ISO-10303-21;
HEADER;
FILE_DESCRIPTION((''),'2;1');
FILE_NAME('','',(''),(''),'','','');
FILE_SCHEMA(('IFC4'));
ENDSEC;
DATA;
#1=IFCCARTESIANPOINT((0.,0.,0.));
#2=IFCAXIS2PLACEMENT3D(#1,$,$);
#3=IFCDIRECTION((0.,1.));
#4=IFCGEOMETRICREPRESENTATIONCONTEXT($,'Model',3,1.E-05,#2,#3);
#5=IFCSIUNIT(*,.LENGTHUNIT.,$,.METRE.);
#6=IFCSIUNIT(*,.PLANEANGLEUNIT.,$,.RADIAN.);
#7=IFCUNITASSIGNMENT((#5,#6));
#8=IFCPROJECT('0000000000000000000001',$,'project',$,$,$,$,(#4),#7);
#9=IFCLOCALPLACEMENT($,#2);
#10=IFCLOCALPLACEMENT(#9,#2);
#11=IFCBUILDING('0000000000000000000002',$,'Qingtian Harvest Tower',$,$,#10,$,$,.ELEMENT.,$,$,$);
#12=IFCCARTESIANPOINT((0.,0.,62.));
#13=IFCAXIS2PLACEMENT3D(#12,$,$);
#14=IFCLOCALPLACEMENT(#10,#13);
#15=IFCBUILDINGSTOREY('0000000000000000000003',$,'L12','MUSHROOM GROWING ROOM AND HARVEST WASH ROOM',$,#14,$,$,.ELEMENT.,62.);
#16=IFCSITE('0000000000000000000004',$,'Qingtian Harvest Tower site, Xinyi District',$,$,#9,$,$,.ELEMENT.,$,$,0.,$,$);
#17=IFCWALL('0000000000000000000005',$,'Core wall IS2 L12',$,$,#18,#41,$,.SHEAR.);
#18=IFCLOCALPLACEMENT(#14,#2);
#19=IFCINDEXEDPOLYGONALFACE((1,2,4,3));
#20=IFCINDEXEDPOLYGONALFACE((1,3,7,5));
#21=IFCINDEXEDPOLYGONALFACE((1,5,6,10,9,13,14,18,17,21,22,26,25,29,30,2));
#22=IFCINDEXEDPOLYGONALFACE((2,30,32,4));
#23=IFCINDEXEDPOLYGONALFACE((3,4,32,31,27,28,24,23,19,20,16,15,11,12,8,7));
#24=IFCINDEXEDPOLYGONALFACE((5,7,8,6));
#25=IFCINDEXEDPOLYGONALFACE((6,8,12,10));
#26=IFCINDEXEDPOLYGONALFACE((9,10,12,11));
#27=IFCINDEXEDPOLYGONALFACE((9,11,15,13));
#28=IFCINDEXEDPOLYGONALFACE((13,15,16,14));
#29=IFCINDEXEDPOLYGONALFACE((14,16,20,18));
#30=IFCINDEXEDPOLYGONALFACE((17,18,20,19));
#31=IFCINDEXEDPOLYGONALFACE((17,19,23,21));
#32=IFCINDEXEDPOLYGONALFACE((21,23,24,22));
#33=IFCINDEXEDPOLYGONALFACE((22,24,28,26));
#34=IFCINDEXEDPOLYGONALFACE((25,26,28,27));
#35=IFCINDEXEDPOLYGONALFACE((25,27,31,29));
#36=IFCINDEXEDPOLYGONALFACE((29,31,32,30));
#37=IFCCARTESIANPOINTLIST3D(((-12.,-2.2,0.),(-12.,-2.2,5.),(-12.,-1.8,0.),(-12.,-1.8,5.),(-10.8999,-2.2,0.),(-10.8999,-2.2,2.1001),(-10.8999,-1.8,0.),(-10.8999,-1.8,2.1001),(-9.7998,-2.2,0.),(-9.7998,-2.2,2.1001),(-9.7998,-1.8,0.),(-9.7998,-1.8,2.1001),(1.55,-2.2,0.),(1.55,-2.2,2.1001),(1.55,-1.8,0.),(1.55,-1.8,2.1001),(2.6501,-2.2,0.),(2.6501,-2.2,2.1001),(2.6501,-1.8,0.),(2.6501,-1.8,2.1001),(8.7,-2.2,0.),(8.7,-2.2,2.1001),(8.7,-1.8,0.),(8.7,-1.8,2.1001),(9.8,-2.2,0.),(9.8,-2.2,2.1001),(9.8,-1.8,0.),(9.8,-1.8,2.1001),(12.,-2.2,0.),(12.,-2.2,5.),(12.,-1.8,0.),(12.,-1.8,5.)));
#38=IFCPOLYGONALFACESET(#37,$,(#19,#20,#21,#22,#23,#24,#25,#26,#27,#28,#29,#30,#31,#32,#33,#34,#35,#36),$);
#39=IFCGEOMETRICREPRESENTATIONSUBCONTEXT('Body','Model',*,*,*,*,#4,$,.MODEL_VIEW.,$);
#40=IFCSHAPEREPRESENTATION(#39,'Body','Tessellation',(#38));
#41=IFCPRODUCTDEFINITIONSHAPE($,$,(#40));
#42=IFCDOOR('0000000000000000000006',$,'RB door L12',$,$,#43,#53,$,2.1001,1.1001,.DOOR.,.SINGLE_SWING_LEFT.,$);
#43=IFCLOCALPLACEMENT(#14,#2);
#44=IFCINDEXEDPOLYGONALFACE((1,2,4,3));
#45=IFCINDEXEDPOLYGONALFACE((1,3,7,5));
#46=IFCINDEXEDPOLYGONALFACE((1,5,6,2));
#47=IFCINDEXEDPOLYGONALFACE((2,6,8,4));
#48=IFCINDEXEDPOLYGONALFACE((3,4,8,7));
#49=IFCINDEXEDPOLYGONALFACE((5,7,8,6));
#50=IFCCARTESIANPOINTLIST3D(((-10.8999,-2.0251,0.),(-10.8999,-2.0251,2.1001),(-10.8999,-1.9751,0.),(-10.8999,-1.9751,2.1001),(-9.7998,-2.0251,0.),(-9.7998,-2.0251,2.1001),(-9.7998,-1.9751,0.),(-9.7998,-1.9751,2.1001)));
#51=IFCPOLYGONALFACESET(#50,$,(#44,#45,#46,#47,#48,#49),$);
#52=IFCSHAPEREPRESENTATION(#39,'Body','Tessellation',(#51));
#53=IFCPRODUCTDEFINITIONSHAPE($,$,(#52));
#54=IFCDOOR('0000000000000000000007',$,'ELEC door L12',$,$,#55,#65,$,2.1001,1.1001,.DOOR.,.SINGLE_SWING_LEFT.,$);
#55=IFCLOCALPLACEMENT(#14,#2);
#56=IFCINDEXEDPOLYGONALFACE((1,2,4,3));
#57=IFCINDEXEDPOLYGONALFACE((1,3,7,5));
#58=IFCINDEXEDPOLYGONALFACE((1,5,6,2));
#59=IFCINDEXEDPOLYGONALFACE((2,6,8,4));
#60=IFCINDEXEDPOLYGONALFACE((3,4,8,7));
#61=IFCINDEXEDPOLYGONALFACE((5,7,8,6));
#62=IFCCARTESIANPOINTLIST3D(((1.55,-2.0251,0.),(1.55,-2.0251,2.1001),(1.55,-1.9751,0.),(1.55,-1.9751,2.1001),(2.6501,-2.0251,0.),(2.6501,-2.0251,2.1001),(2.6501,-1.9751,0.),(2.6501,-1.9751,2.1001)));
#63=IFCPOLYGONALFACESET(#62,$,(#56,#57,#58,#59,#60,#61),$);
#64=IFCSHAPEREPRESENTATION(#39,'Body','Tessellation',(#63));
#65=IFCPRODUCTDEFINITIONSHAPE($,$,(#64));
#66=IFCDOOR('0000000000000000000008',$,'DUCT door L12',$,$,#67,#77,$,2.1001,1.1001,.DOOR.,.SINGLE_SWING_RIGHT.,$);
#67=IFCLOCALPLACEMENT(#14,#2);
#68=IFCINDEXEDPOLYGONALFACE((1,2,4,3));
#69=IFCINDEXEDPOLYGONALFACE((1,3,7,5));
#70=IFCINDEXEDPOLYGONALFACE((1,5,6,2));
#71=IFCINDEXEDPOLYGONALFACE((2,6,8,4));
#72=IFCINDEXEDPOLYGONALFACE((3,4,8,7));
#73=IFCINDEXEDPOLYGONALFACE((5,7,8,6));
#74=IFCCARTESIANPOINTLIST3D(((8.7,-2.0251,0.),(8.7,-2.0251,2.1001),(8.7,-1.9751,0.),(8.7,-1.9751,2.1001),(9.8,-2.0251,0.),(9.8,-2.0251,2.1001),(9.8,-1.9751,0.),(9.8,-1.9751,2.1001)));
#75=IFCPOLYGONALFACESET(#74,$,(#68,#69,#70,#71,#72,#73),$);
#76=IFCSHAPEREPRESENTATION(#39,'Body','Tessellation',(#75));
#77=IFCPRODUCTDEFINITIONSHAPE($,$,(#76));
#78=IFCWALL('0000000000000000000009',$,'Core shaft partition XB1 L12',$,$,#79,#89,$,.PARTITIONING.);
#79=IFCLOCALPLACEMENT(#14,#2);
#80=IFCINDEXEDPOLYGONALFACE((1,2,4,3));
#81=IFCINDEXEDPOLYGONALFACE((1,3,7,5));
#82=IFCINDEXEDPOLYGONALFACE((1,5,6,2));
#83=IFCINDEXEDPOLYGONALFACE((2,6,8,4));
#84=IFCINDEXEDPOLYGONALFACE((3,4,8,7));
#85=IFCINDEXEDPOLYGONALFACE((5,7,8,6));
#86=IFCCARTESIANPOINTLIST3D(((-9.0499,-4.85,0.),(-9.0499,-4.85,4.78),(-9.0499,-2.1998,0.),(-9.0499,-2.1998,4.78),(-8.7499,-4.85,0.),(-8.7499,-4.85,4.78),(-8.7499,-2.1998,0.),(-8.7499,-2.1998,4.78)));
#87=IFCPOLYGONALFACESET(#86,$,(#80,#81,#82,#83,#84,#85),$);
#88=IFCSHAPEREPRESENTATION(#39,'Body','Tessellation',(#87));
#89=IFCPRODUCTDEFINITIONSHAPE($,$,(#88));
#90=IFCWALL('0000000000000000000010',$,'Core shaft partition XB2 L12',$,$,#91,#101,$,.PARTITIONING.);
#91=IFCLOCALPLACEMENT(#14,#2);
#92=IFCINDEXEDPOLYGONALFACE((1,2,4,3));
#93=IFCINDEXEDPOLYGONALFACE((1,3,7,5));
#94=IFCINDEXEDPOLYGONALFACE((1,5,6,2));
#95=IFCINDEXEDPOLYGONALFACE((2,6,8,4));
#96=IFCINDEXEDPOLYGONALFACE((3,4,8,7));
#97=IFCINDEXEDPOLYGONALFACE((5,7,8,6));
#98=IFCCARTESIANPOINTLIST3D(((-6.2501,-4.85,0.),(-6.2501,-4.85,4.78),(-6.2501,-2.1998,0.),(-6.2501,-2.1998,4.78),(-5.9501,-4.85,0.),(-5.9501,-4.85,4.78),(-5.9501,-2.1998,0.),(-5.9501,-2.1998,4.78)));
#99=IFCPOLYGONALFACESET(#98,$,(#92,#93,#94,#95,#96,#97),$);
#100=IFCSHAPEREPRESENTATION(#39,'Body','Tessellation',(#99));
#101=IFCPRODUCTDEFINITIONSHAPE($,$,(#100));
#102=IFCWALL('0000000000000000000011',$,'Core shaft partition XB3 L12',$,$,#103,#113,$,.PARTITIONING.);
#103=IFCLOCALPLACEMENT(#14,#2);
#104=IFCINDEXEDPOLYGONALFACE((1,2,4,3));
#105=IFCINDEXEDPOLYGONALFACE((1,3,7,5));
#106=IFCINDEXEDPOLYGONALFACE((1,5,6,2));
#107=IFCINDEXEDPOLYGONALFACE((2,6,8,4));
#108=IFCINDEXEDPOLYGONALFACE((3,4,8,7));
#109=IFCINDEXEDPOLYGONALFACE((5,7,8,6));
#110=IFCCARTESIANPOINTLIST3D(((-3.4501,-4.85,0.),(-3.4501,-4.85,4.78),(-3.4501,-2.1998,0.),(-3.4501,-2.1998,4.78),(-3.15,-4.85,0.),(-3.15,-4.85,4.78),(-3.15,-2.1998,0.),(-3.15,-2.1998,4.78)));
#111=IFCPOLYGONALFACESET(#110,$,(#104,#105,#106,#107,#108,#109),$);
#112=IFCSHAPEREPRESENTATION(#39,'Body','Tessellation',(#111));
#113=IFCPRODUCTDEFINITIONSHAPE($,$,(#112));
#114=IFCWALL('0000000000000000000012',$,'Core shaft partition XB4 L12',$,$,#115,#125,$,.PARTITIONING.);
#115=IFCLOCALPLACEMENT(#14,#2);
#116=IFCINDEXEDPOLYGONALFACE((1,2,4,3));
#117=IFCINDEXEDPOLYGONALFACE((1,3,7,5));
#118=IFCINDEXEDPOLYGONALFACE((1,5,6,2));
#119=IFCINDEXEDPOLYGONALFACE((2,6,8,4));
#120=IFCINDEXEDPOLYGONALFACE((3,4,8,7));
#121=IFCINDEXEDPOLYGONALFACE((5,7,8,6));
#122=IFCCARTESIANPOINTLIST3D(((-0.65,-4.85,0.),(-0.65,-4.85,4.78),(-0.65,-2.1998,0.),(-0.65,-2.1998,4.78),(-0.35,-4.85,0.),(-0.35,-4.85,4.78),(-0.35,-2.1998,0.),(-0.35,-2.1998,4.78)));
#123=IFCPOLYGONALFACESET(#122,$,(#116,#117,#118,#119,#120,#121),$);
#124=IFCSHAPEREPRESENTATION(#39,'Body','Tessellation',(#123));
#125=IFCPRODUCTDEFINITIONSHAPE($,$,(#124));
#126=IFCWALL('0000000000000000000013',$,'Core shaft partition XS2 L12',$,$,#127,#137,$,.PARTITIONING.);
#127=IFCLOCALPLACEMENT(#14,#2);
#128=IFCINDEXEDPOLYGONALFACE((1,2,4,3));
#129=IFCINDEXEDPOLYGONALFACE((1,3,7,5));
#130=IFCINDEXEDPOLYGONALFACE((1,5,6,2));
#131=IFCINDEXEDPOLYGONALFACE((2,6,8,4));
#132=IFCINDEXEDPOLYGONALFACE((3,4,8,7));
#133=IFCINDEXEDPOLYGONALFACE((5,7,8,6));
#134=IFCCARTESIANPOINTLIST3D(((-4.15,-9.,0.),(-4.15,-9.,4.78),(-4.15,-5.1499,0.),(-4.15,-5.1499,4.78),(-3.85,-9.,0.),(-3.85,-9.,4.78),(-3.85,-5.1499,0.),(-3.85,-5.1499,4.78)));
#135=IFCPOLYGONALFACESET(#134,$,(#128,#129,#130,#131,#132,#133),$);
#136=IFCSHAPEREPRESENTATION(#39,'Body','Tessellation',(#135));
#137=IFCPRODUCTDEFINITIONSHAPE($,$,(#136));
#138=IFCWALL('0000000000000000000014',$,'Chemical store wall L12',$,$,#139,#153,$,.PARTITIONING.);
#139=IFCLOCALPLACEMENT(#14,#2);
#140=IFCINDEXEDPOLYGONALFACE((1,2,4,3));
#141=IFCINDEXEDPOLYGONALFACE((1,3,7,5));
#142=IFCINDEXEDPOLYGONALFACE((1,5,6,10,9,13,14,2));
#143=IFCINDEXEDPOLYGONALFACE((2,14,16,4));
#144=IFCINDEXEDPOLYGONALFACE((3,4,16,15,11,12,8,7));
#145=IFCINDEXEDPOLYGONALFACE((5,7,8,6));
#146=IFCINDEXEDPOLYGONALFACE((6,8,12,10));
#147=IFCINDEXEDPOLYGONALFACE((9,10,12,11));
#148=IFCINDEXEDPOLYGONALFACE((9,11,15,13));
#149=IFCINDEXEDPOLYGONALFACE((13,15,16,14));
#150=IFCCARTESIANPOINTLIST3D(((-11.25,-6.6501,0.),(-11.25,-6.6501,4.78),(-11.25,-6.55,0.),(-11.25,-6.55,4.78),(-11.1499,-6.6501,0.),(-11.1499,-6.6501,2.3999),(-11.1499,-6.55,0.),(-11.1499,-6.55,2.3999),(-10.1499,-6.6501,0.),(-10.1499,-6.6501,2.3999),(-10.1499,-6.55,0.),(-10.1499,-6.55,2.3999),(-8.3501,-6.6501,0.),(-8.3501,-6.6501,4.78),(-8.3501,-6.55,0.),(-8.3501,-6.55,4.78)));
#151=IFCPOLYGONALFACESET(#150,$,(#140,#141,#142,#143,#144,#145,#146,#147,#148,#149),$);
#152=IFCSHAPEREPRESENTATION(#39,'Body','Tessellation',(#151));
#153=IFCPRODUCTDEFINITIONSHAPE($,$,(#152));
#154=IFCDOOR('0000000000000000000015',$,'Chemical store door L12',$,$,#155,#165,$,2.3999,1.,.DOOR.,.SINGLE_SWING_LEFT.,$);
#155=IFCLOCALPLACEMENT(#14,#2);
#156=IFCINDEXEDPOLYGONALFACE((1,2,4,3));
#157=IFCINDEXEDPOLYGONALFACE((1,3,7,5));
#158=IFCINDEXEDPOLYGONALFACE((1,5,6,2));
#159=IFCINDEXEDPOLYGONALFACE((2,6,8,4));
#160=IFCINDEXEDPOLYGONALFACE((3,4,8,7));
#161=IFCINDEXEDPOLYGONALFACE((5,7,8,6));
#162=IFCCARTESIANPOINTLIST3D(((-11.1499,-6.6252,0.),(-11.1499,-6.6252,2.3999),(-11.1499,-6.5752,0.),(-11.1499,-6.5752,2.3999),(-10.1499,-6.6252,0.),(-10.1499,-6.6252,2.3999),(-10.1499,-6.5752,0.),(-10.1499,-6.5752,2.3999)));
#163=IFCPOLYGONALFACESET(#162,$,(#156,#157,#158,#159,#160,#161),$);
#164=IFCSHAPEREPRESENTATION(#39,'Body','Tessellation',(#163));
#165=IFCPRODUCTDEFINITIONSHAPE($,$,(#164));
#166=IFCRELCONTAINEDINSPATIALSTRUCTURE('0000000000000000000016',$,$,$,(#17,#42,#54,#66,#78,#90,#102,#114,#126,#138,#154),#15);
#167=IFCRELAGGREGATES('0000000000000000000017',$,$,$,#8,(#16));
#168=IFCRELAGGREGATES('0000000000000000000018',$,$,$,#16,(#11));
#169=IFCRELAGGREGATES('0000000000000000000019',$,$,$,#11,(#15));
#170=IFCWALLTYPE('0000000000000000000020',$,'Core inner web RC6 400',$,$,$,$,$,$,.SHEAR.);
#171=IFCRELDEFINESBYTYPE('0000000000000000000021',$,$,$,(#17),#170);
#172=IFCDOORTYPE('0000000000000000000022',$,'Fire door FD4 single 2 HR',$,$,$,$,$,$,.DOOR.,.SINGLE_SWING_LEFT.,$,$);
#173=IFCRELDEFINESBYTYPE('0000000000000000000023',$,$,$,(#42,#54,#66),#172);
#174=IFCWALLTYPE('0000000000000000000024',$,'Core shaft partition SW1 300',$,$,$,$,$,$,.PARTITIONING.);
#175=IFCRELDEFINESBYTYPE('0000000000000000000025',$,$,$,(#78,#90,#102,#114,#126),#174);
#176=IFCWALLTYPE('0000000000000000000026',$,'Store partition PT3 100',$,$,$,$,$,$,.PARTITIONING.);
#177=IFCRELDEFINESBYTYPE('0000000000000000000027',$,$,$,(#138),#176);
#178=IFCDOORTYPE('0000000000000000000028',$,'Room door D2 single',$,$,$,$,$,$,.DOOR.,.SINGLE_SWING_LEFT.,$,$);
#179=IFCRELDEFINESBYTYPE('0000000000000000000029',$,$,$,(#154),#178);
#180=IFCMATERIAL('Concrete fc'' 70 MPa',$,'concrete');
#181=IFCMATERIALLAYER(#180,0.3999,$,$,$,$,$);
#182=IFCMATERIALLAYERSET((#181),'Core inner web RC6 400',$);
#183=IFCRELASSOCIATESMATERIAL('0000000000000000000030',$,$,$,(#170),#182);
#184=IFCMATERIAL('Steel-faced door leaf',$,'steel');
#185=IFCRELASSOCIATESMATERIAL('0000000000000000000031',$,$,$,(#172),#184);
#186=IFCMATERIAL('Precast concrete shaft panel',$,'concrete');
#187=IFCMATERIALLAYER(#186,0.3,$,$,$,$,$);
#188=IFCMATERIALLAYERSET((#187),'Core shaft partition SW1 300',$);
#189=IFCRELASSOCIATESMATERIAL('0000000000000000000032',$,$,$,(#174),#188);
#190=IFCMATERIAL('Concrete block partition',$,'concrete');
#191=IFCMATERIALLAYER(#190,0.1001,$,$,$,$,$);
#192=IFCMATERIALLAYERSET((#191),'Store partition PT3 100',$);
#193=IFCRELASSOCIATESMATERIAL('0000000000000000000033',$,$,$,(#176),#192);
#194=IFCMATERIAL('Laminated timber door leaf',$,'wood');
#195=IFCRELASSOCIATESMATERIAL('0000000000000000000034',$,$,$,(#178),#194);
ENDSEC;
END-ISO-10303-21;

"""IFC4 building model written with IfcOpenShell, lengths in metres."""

from ifc_helpers import new_model, si_unit, direction, frame, frame_2d, origin, place, context, subcontext, project, spatial, rectangle, extrude, material, layer, layer_set, type_object, element, fill, save


model = new_model("IFC4")

# Units and contexts
model_context = context("Model", 3, precision=1e-05, world=origin(), true_north=direction((0.0, 1.0)))
body_context = subcontext(model_context, "Body", "Model", "MODEL_VIEW")
ifc_project = project(units=[si_unit("LENGTHUNIT", "METRE"), si_unit("PLANEANGLEUNIT", "RADIAN")], contexts=[model_context])

# Site, building, storey
site_placement = place(None, origin())
site = spatial("IfcSite", under=ifc_project, at=site_placement, Name="Qingtian Harvest Tower site, Xinyi District", CompositionType="ELEMENT", RefElevation=0.0)
building_placement = place(site_placement, origin())
building = spatial("IfcBuilding", under=site, at=building_placement, Name="Qingtian Harvest Tower", CompositionType="ELEMENT")
storey_placement = place(building_placement, frame((0.0, 0.0, 62.0)))
storey = spatial("IfcBuildingStorey", under=building, at=storey_placement, Name="L12", Description="MUSHROOM GROWING ROOM AND HARVEST WASH ROOM", CompositionType="ELEMENT", Elevation=62.0)

# Wall, openings, doors
ifc_material_1 = material(Name="Concrete fc' 70 MPa", Category="concrete")
ifc_layer_1 = layer(ifc_material_1, 0.3999)
ifc_layer_set_1 = layer_set([ifc_layer_1], Name="Core inner web RC6 400")
wall_type_1 = type_object("IfcWallType", Name="Core inner web RC6 400", PredefinedType="SHEAR", material=ifc_layer_set_1)
wall_1_placement = place(storey_placement, frame((-12.0, -2.0, 0.0), z_axis=(0.0, 0.0, 1.0), x_axis=(1.0, 0.0, 0.0)))
wall_1 = element("IfcWall", 1, at=wall_1_placement, inside=storey, type_object=wall_type_1, Name="Core wall IS2 L12", PredefinedType="SHEAR", context=body_context, shape_type="SweptSolid", body=[
    extrude(rectangle(XDim=24.0, YDim=0.3999, at=frame_2d((12.0, 0.0))), origin(), (0.0, 0.0, 1.0), 5.0),
])
opening_1_placement = place(wall_1_placement, frame((1.1001, 0.0, 0.0)))
opening_1 = element("IfcOpeningElement", 2, at=opening_1_placement, cuts=wall_1, PredefinedType="OPENING", context=body_context, shape_type="SweptSolid", body=[
    extrude(rectangle(XDim=1.1001, YDim=2.1001, at=frame_2d((0.55, 1.05))), frame((0.0, 0.21, 0.0), z_axis=(0.0, -1.0, 0.0), x_axis=(1.0, 0.0, 0.0)), (0.0, 0.0, 1.0), 0.4199),
])
opening_2_placement = place(wall_1_placement, frame((13.55, 0.0, 0.0)))
opening_2 = element("IfcOpeningElement", 3, at=opening_2_placement, cuts=wall_1, PredefinedType="OPENING", context=body_context, shape_type="SweptSolid", body=[
    extrude(rectangle(XDim=1.1001, YDim=2.1001, at=frame_2d((0.55, 1.05))), frame((0.0, 0.21, 0.0), z_axis=(0.0, -1.0, 0.0), x_axis=(1.0, 0.0, 0.0)), (0.0, 0.0, 1.0), 0.4199),
])
opening_3_placement = place(wall_1_placement, frame((20.7, 0.0, 0.0)))
opening_3 = element("IfcOpeningElement", 4, at=opening_3_placement, cuts=wall_1, PredefinedType="OPENING", context=body_context, shape_type="SweptSolid", body=[
    extrude(rectangle(XDim=1.1001, YDim=2.1001, at=frame_2d((0.55, 1.05))), frame((0.0, 0.21, 0.0), z_axis=(0.0, -1.0, 0.0), x_axis=(1.0, 0.0, 0.0)), (0.0, 0.0, 1.0), 0.4199),
])
ifc_material_2 = material(Name="Steel-faced door leaf", Category="steel")
door_type_1 = type_object("IfcDoorType", Name="Fire door FD4 single 2 HR", OperationType="SINGLE_SWING_LEFT", PredefinedType="DOOR", material=ifc_material_2)
door_1_placement = place(opening_1_placement, origin())
door_1 = element("IfcDoor", 5, at=door_1_placement, inside=storey, type_object=door_type_1, Name="RB door L12", OperationType="SINGLE_SWING_LEFT", OverallHeight=2.1001, OverallWidth=1.1001, PredefinedType="DOOR", context=body_context, shape_type="SweptSolid", body=[
    extrude(rectangle(XDim=1.1001, YDim=2.1001, at=frame_2d((0.55, 1.05))), frame((0.0, 0.0249, 0.0), z_axis=(0.0, -1.0, 0.0), x_axis=(1.0, 0.0, 0.0)), (0.0, 0.0, 1.0), 0.05),
])
fill(opening_1, door_1)
door_2_placement = place(opening_2_placement, origin())
door_2 = element("IfcDoor", 6, at=door_2_placement, inside=storey, type_object=door_type_1, Name="ELEC door L12", OperationType="SINGLE_SWING_LEFT", OverallHeight=2.1001, OverallWidth=1.1001, PredefinedType="DOOR", context=body_context, shape_type="SweptSolid", body=[
    extrude(rectangle(XDim=1.1001, YDim=2.1001, at=frame_2d((0.55, 1.05))), frame((0.0, 0.0249, 0.0), z_axis=(0.0, -1.0, 0.0), x_axis=(1.0, 0.0, 0.0)), (0.0, 0.0, 1.0), 0.05),
])
fill(opening_2, door_2)
door_3_placement = place(opening_3_placement, origin())
door_3 = element("IfcDoor", 7, at=door_3_placement, inside=storey, type_object=door_type_1, Name="DUCT door L12", OperationType="SINGLE_SWING_RIGHT", OverallHeight=2.1001, OverallWidth=1.1001, PredefinedType="DOOR", context=body_context, shape_type="SweptSolid", body=[
    extrude(rectangle(XDim=1.1001, YDim=2.1001, at=frame_2d((0.55, 1.05))), frame((0.0, 0.0249, 0.0), z_axis=(0.0, -1.0, 0.0), x_axis=(1.0, 0.0, 0.0)), (0.0, 0.0, 1.0), 0.05),
])
fill(opening_3, door_3)

# Walls
ifc_material_3 = material(Name="Precast concrete shaft panel", Category="concrete")
ifc_layer_2 = layer(ifc_material_3, 0.3)
ifc_layer_set_2 = layer_set([ifc_layer_2], Name="Core shaft partition SW1 300")
wall_type_2 = type_object("IfcWallType", Name="Core shaft partition SW1 300", PredefinedType="PARTITIONING", material=ifc_layer_set_2)
for number, where, z_axis, x_axis, name in (
    (8, (-8.8999, -4.8501, 0.0), (0.0, 0.0, 1.0), (0.0, 1.0, 0.0), "Core shaft partition XB1 L12"),
    (9, (-6.1001, -4.8501, 0.0), (0.0, 0.0, 1.0), (0.0, 1.0, 0.0), "Core shaft partition XB2 L12"),
    (10, (-3.3, -4.8501, 0.0), (0.0, 0.0, 1.0), (0.0, 1.0, 0.0), "Core shaft partition XB3 L12"),
    (11, (-0.5, -4.8501, 0.0), (0.0, 0.0, 1.0), (0.0, 1.0, 0.0), "Core shaft partition XB4 L12"),
):
    element("IfcWall", number, at=place(storey_placement, frame(where, z_axis=z_axis, x_axis=x_axis)), inside=storey, type_object=wall_type_2, Name=name, PredefinedType="PARTITIONING", context=body_context, shape_type="SweptSolid", body=[
        extrude(rectangle(XDim=2.6501, YDim=0.3, at=frame_2d((1.3252, 0.0))), origin(), (0.0, 0.0, 1.0), 4.78),
    ])
wall_2_placement = place(storey_placement, frame((-4.0, -9.0, 0.0), z_axis=(0.0, 0.0, 1.0), x_axis=(0.0, 1.0, 0.0)))
element("IfcWall", 12, at=wall_2_placement, inside=storey, type_object=wall_type_2, Name="Core shaft partition XS2 L12", PredefinedType="PARTITIONING", context=body_context, shape_type="SweptSolid", body=[
    extrude(rectangle(XDim=3.8501, YDim=0.3, at=frame_2d((1.925, 0.0))), origin(), (0.0, 0.0, 1.0), 4.78),
])

# Wall, opening, door
ifc_material_4 = material(Name="Concrete block partition", Category="concrete")
ifc_layer_3 = layer(ifc_material_4, 0.1001)
ifc_layer_set_3 = layer_set([ifc_layer_3], Name="Store partition PT3 100")
wall_type_3 = type_object("IfcWallType", Name="Store partition PT3 100", PredefinedType="PARTITIONING", material=ifc_layer_set_3)
wall_3_placement = place(storey_placement, frame((-11.25, -6.6001, 0.0), z_axis=(0.0, 0.0, 1.0), x_axis=(1.0, 0.0, 0.0)))
wall_3 = element("IfcWall", 13, at=wall_3_placement, inside=storey, type_object=wall_type_3, Name="Chemical store wall L12", PredefinedType="PARTITIONING", context=body_context, shape_type="SweptSolid", body=[
    extrude(rectangle(XDim=2.8999, YDim=0.1001, at=frame_2d((1.45, 0.0))), origin(), (0.0, 0.0, 1.0), 4.78),
])
opening_4_placement = place(wall_3_placement, frame((0.1001, 0.0, 0.0)))
opening_4 = element("IfcOpeningElement", 14, at=opening_4_placement, cuts=wall_3, PredefinedType="OPENING", context=body_context, shape_type="SweptSolid", body=[
    extrude(rectangle(XDim=1.0, YDim=2.3999, at=frame_2d((0.5, 1.2))), frame((0.0, 0.0601, 0.0), z_axis=(0.0, -1.0, 0.0), x_axis=(1.0, 0.0, 0.0)), (0.0, 0.0, 1.0), 0.1201),
])
ifc_material_5 = material(Name="Laminated timber door leaf", Category="wood")
door_type_2 = type_object("IfcDoorType", Name="Room door D2 single", OperationType="SINGLE_SWING_LEFT", PredefinedType="DOOR", material=ifc_material_5)
door_4_placement = place(opening_4_placement, origin())
door_4 = element("IfcDoor", 15, at=door_4_placement, inside=storey, type_object=door_type_2, Name="Chemical store door L12", OperationType="SINGLE_SWING_LEFT", OverallHeight=2.3999, OverallWidth=1.0, PredefinedType="DOOR", context=body_context, shape_type="SweptSolid", body=[
    extrude(rectangle(XDim=1.0, YDim=2.3999, at=frame_2d((0.5, 1.2))), frame((0.0, 0.0249, 0.0), z_axis=(0.0, -1.0, 0.0), x_axis=(1.0, 0.0, 0.0)), (0.0, 0.0, 1.0), 0.05),
])
fill(opening_4, door_4)

save(model, "model.ifc")
